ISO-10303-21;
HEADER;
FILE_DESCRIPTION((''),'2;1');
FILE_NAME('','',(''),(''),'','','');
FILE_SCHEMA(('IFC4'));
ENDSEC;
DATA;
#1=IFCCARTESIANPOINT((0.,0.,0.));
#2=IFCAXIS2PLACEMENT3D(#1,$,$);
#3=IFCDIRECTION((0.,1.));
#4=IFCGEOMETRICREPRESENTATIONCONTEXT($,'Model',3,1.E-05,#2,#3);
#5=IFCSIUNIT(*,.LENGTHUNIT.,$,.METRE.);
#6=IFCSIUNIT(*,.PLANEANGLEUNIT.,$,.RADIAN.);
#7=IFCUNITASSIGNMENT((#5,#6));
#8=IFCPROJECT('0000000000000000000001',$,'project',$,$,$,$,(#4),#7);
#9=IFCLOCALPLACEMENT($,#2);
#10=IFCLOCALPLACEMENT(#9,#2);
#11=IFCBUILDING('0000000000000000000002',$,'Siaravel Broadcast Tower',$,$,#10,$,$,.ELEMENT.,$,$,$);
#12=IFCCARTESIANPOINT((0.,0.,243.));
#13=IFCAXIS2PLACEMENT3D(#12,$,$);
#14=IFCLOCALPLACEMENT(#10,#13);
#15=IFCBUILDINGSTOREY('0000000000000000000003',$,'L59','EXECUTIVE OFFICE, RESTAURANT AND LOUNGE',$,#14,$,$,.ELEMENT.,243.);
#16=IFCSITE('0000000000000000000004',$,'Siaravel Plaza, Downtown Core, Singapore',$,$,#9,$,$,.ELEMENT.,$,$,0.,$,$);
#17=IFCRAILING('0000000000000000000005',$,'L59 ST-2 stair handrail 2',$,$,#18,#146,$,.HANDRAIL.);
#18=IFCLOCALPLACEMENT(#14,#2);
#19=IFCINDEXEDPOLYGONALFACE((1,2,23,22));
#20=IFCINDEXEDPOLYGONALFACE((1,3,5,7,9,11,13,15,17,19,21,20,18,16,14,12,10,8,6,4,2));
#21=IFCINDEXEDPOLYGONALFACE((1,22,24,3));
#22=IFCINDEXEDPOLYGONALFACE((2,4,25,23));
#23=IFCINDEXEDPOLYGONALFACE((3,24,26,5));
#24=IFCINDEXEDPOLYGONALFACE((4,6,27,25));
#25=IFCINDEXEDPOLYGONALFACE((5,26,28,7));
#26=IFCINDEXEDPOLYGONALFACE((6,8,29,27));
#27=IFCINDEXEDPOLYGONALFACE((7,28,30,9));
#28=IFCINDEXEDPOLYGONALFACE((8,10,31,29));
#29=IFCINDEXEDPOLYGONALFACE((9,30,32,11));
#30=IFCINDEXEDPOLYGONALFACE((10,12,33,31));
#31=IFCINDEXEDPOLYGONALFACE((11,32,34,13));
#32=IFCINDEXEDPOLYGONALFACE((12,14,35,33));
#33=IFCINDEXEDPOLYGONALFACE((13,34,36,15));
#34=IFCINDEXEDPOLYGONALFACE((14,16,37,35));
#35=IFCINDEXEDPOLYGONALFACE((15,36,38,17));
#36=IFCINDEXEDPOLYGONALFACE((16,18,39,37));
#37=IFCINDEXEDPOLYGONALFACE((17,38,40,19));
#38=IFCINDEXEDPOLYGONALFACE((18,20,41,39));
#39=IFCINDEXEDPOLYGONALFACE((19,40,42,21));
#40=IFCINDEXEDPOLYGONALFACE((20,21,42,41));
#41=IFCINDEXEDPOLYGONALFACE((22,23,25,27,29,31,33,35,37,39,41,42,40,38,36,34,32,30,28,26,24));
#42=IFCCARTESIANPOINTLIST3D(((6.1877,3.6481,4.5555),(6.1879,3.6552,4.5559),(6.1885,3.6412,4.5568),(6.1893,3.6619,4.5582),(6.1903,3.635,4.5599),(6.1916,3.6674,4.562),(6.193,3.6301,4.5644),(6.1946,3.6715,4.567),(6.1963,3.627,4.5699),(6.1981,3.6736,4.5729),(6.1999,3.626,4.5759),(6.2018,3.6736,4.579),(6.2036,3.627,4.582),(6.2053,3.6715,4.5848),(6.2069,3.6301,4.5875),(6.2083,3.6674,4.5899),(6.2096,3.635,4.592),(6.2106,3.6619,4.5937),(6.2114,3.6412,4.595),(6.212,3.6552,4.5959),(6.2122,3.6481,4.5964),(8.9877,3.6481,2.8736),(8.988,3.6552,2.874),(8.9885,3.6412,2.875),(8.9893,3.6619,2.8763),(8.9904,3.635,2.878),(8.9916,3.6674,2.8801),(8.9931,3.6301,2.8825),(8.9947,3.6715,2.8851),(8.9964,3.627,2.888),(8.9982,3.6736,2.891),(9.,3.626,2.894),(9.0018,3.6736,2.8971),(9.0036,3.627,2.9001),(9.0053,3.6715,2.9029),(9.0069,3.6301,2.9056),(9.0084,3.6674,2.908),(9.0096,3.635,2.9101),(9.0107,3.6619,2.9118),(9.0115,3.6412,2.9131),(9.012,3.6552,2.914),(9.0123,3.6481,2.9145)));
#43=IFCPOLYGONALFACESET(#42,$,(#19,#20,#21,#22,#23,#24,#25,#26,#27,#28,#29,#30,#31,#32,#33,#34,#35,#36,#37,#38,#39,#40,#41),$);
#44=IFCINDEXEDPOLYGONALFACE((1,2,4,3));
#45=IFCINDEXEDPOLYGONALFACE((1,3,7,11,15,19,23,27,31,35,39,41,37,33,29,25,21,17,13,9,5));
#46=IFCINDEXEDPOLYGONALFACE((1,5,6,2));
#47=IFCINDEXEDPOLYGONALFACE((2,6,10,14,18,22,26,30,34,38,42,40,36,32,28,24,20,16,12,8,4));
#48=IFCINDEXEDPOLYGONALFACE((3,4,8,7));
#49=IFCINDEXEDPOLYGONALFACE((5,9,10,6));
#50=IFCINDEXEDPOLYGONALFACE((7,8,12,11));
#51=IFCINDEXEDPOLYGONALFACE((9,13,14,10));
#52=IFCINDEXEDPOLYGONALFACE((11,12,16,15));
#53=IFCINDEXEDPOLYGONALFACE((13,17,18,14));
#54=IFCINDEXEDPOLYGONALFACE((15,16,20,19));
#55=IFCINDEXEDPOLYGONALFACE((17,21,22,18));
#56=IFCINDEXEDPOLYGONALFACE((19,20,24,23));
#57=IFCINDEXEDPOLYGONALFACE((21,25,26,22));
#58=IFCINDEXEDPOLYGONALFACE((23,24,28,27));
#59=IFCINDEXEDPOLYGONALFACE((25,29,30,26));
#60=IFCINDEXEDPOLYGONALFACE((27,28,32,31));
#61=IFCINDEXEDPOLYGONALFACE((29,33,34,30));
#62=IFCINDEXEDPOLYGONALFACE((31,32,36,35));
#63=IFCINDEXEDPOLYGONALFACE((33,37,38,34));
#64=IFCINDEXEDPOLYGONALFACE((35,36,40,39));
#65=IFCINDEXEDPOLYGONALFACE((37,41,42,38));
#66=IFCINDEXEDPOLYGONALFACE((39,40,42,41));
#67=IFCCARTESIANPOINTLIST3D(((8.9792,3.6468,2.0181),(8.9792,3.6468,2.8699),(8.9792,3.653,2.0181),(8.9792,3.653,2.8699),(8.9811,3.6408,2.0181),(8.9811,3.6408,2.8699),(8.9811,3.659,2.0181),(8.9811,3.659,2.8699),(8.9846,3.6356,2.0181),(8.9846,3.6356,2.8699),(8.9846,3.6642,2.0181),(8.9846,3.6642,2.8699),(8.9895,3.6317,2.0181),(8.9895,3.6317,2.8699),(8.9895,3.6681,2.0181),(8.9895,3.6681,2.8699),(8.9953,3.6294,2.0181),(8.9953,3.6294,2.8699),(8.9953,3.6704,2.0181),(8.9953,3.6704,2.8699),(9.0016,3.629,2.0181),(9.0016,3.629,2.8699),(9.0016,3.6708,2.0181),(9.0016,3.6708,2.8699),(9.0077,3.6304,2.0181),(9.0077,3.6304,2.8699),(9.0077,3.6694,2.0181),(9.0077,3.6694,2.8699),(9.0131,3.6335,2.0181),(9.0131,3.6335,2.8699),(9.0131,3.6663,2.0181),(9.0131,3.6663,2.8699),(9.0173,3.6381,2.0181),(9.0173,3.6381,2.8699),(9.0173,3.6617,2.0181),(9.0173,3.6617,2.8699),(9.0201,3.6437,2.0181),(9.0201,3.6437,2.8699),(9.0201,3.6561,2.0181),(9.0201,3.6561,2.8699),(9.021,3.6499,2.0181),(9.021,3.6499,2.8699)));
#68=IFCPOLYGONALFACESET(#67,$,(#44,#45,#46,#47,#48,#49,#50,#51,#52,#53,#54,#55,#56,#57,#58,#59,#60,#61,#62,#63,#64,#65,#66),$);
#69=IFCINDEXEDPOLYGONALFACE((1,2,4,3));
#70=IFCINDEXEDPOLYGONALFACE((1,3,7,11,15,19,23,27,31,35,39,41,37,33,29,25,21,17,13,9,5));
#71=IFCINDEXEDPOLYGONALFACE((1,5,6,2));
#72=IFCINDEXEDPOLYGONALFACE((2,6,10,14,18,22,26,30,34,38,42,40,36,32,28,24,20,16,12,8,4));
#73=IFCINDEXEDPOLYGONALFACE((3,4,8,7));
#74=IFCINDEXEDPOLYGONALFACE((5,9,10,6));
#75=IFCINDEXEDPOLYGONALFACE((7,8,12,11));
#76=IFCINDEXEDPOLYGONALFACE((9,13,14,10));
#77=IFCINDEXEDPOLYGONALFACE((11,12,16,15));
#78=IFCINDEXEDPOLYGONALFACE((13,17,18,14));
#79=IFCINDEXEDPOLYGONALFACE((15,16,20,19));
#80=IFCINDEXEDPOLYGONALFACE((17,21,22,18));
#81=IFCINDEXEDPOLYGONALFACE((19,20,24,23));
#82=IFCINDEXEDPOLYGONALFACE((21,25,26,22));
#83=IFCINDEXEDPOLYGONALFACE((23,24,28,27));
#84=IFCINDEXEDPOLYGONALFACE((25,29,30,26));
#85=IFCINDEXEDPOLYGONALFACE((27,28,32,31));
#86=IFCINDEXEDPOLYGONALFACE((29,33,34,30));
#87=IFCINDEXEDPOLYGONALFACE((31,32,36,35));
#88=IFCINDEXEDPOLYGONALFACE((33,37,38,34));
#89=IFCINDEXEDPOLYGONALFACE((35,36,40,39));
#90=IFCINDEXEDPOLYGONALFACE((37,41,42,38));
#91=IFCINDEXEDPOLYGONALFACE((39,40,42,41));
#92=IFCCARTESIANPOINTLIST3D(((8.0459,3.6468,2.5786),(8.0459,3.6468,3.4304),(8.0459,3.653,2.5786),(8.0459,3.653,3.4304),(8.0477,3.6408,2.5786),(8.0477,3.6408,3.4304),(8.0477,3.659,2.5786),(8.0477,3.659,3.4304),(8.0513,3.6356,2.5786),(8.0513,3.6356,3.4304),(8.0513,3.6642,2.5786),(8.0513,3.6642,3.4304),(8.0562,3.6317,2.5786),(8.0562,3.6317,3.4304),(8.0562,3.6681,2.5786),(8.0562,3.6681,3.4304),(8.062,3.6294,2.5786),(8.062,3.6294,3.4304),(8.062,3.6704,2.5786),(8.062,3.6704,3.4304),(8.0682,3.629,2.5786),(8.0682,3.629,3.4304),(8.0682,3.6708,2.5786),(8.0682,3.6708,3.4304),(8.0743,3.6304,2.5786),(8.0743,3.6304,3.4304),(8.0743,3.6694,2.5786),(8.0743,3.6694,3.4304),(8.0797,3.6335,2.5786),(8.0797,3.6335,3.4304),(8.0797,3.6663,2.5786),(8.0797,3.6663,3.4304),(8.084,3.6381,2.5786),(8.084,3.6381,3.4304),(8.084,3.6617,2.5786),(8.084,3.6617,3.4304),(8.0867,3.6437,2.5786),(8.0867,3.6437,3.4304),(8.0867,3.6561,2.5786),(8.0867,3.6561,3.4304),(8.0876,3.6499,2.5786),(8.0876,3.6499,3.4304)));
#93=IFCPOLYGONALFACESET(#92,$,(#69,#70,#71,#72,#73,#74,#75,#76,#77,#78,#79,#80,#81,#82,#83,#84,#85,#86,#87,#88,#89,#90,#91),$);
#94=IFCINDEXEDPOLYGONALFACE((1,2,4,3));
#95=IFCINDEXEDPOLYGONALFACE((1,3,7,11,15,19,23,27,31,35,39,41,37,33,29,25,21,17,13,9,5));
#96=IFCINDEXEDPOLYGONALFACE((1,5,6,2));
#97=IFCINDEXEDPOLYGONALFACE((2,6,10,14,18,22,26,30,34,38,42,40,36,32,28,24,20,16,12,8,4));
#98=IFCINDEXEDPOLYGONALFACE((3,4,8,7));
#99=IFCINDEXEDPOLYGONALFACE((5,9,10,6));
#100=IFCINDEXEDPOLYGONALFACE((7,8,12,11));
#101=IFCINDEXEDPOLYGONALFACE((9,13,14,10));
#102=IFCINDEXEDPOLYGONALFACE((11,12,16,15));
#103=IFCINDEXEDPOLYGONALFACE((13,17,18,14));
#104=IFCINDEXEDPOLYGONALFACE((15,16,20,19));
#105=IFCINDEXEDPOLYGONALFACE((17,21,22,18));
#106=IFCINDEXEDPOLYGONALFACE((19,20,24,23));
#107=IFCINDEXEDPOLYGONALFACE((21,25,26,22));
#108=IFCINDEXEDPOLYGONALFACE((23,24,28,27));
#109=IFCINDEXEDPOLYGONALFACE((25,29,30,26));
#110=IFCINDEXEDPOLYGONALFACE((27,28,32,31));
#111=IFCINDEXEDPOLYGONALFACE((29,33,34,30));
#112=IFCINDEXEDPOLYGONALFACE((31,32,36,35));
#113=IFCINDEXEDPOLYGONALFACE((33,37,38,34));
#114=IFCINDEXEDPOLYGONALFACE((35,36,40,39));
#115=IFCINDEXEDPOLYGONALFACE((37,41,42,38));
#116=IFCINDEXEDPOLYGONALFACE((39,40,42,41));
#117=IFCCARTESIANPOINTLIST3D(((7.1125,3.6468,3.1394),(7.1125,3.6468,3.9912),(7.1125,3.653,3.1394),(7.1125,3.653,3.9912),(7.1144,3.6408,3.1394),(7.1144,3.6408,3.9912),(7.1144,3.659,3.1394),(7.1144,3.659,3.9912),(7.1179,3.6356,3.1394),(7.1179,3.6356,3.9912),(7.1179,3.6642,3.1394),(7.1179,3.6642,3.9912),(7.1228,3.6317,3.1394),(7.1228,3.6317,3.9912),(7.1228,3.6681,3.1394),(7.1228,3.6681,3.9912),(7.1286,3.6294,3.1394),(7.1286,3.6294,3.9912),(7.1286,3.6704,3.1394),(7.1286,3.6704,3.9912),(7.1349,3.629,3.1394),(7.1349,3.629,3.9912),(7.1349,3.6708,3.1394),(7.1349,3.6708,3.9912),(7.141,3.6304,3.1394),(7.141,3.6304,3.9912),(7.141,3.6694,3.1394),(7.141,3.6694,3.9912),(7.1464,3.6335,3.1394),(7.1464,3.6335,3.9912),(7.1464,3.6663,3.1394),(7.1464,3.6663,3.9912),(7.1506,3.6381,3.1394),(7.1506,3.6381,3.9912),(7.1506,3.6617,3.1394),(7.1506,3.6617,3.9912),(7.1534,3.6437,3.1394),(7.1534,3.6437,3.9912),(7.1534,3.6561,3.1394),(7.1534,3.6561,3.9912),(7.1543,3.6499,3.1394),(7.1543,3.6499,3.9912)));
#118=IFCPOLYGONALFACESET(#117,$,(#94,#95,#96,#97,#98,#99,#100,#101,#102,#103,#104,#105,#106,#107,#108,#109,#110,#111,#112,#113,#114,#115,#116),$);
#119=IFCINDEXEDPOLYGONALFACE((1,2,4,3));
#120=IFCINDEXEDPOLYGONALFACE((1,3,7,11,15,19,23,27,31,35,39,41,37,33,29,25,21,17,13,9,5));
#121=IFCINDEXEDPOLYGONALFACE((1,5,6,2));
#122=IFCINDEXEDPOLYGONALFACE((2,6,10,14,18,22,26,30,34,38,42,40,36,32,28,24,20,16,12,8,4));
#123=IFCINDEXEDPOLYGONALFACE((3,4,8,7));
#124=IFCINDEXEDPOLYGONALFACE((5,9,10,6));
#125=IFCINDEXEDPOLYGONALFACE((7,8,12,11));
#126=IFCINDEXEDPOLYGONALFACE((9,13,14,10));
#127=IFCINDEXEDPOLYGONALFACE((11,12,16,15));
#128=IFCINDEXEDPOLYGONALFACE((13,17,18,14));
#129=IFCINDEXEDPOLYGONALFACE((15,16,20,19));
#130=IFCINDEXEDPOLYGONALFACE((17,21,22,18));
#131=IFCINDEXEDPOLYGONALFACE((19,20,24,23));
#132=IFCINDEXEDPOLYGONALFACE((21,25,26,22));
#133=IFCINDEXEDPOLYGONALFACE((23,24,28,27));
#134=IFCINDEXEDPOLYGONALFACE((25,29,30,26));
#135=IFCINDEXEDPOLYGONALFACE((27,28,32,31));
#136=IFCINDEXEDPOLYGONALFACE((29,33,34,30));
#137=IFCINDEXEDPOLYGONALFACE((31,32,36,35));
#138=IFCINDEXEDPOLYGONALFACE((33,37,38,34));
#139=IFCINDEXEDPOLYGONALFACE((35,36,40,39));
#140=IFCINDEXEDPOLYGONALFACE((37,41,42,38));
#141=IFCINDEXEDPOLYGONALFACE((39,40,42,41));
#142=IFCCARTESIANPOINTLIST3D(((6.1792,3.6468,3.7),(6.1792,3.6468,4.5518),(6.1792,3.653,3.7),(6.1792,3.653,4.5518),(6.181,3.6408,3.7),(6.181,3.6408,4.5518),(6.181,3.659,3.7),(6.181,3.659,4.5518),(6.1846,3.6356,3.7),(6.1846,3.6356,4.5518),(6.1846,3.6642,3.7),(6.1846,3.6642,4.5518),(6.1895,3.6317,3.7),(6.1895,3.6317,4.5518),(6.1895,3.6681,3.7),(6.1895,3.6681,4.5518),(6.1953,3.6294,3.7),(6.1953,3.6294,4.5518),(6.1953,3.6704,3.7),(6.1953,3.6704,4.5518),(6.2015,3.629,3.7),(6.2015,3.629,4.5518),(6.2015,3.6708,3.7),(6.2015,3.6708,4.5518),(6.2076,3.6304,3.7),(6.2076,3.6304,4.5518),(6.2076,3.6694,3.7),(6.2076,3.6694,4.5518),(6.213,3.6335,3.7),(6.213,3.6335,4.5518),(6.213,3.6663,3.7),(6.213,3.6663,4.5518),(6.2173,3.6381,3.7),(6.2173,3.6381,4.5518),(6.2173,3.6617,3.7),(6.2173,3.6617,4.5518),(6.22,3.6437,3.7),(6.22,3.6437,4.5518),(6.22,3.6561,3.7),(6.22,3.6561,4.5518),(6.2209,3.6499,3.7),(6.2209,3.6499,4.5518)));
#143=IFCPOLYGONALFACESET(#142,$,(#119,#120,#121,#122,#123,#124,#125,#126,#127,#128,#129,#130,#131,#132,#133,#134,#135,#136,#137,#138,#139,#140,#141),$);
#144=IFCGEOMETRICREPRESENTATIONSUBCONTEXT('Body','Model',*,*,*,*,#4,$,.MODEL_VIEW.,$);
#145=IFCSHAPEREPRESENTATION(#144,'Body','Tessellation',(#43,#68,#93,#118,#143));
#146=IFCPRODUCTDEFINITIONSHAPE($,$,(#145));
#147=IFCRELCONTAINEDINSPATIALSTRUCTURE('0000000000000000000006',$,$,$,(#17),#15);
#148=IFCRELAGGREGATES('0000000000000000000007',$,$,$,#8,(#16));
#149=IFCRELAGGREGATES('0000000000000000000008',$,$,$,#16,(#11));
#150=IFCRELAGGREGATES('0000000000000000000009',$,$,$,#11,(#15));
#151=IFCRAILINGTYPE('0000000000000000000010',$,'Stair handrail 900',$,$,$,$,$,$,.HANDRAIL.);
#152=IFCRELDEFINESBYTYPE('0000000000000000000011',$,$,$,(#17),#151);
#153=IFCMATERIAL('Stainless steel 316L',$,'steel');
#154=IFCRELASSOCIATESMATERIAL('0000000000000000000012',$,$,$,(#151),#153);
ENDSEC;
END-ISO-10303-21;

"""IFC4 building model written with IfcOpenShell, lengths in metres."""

from ifc_helpers import new_model, si_unit, direction, frame, origin, origin_2d, place, context, subcontext, project, spatial, circle, extrude, material, type_object, element, save


model = new_model("IFC4")

# Units and contexts
model_context = context("Model", 3, precision=1e-05, world=origin(), true_north=direction((0.0, 1.0)))
body_context = subcontext(model_context, "Body", "Model", "MODEL_VIEW")
ifc_project = project(units=[si_unit("LENGTHUNIT", "METRE"), si_unit("PLANEANGLEUNIT", "RADIAN")], contexts=[model_context])

# Site, building, storey
site_placement = place(None, origin())
site = spatial("IfcSite", under=ifc_project, at=site_placement, Name="Siaravel Plaza, Downtown Core, Singapore", CompositionType="ELEMENT", RefElevation=0.0)
building_placement = place(site_placement, origin())
building = spatial("IfcBuilding", under=site, at=building_placement, Name="Siaravel Broadcast Tower", CompositionType="ELEMENT")
storey_placement = place(building_placement, frame((0.0, 0.0, 243.0)))
storey = spatial("IfcBuildingStorey", under=building, at=storey_placement, Name="L59", Description="EXECUTIVE OFFICE, RESTAURANT AND LOUNGE", CompositionType="ELEMENT", Elevation=243.0)

# Railing
ifc_material_1 = material(Name="Stainless steel 316L", Category="steel")
railing_type_1 = type_object("IfcRailingType", Name="Stair handrail 900", PredefinedType="HANDRAIL", material=ifc_material_1)
railing_1_placement = place(storey_placement, frame((9.0, 3.6499, 2.0181)))
element("IfcRailing", 1, at=railing_1_placement, inside=storey, type_object=railing_type_1, Name="L59 ST-2 stair handrail 2", PredefinedType="HANDRAIL", context=body_context, shape_type="SweptSolid", body=[
    extrude(circle(Radius=0.0239, at=origin_2d()), frame((0.0, 0.0, 0.876), z_axis=(-0.857242, 0.0, 0.514913), x_axis=(0.0, -1.0, 0.0)), (0.0, 0.0, 1.0), 3.2664),
    extrude(circle(Radius=0.021, at=origin_2d()), origin(), (0.0, 0.0, 1.0), 0.8518),
    extrude(circle(Radius=0.021, at=origin_2d()), frame((-0.9333, 0.0, 0.5605)), (0.0, 0.0, 1.0), 0.8518),
    extrude(circle(Radius=0.021, at=origin_2d()), frame((-1.8667, 0.0, 1.1213)), (0.0, 0.0, 1.0), 0.8518),
    extrude(circle(Radius=0.021, at=origin_2d()), frame((-2.8, 0.0, 1.6819)), (0.0, 0.0, 1.0), 0.8518),
])

save(model, "model.ifc")
